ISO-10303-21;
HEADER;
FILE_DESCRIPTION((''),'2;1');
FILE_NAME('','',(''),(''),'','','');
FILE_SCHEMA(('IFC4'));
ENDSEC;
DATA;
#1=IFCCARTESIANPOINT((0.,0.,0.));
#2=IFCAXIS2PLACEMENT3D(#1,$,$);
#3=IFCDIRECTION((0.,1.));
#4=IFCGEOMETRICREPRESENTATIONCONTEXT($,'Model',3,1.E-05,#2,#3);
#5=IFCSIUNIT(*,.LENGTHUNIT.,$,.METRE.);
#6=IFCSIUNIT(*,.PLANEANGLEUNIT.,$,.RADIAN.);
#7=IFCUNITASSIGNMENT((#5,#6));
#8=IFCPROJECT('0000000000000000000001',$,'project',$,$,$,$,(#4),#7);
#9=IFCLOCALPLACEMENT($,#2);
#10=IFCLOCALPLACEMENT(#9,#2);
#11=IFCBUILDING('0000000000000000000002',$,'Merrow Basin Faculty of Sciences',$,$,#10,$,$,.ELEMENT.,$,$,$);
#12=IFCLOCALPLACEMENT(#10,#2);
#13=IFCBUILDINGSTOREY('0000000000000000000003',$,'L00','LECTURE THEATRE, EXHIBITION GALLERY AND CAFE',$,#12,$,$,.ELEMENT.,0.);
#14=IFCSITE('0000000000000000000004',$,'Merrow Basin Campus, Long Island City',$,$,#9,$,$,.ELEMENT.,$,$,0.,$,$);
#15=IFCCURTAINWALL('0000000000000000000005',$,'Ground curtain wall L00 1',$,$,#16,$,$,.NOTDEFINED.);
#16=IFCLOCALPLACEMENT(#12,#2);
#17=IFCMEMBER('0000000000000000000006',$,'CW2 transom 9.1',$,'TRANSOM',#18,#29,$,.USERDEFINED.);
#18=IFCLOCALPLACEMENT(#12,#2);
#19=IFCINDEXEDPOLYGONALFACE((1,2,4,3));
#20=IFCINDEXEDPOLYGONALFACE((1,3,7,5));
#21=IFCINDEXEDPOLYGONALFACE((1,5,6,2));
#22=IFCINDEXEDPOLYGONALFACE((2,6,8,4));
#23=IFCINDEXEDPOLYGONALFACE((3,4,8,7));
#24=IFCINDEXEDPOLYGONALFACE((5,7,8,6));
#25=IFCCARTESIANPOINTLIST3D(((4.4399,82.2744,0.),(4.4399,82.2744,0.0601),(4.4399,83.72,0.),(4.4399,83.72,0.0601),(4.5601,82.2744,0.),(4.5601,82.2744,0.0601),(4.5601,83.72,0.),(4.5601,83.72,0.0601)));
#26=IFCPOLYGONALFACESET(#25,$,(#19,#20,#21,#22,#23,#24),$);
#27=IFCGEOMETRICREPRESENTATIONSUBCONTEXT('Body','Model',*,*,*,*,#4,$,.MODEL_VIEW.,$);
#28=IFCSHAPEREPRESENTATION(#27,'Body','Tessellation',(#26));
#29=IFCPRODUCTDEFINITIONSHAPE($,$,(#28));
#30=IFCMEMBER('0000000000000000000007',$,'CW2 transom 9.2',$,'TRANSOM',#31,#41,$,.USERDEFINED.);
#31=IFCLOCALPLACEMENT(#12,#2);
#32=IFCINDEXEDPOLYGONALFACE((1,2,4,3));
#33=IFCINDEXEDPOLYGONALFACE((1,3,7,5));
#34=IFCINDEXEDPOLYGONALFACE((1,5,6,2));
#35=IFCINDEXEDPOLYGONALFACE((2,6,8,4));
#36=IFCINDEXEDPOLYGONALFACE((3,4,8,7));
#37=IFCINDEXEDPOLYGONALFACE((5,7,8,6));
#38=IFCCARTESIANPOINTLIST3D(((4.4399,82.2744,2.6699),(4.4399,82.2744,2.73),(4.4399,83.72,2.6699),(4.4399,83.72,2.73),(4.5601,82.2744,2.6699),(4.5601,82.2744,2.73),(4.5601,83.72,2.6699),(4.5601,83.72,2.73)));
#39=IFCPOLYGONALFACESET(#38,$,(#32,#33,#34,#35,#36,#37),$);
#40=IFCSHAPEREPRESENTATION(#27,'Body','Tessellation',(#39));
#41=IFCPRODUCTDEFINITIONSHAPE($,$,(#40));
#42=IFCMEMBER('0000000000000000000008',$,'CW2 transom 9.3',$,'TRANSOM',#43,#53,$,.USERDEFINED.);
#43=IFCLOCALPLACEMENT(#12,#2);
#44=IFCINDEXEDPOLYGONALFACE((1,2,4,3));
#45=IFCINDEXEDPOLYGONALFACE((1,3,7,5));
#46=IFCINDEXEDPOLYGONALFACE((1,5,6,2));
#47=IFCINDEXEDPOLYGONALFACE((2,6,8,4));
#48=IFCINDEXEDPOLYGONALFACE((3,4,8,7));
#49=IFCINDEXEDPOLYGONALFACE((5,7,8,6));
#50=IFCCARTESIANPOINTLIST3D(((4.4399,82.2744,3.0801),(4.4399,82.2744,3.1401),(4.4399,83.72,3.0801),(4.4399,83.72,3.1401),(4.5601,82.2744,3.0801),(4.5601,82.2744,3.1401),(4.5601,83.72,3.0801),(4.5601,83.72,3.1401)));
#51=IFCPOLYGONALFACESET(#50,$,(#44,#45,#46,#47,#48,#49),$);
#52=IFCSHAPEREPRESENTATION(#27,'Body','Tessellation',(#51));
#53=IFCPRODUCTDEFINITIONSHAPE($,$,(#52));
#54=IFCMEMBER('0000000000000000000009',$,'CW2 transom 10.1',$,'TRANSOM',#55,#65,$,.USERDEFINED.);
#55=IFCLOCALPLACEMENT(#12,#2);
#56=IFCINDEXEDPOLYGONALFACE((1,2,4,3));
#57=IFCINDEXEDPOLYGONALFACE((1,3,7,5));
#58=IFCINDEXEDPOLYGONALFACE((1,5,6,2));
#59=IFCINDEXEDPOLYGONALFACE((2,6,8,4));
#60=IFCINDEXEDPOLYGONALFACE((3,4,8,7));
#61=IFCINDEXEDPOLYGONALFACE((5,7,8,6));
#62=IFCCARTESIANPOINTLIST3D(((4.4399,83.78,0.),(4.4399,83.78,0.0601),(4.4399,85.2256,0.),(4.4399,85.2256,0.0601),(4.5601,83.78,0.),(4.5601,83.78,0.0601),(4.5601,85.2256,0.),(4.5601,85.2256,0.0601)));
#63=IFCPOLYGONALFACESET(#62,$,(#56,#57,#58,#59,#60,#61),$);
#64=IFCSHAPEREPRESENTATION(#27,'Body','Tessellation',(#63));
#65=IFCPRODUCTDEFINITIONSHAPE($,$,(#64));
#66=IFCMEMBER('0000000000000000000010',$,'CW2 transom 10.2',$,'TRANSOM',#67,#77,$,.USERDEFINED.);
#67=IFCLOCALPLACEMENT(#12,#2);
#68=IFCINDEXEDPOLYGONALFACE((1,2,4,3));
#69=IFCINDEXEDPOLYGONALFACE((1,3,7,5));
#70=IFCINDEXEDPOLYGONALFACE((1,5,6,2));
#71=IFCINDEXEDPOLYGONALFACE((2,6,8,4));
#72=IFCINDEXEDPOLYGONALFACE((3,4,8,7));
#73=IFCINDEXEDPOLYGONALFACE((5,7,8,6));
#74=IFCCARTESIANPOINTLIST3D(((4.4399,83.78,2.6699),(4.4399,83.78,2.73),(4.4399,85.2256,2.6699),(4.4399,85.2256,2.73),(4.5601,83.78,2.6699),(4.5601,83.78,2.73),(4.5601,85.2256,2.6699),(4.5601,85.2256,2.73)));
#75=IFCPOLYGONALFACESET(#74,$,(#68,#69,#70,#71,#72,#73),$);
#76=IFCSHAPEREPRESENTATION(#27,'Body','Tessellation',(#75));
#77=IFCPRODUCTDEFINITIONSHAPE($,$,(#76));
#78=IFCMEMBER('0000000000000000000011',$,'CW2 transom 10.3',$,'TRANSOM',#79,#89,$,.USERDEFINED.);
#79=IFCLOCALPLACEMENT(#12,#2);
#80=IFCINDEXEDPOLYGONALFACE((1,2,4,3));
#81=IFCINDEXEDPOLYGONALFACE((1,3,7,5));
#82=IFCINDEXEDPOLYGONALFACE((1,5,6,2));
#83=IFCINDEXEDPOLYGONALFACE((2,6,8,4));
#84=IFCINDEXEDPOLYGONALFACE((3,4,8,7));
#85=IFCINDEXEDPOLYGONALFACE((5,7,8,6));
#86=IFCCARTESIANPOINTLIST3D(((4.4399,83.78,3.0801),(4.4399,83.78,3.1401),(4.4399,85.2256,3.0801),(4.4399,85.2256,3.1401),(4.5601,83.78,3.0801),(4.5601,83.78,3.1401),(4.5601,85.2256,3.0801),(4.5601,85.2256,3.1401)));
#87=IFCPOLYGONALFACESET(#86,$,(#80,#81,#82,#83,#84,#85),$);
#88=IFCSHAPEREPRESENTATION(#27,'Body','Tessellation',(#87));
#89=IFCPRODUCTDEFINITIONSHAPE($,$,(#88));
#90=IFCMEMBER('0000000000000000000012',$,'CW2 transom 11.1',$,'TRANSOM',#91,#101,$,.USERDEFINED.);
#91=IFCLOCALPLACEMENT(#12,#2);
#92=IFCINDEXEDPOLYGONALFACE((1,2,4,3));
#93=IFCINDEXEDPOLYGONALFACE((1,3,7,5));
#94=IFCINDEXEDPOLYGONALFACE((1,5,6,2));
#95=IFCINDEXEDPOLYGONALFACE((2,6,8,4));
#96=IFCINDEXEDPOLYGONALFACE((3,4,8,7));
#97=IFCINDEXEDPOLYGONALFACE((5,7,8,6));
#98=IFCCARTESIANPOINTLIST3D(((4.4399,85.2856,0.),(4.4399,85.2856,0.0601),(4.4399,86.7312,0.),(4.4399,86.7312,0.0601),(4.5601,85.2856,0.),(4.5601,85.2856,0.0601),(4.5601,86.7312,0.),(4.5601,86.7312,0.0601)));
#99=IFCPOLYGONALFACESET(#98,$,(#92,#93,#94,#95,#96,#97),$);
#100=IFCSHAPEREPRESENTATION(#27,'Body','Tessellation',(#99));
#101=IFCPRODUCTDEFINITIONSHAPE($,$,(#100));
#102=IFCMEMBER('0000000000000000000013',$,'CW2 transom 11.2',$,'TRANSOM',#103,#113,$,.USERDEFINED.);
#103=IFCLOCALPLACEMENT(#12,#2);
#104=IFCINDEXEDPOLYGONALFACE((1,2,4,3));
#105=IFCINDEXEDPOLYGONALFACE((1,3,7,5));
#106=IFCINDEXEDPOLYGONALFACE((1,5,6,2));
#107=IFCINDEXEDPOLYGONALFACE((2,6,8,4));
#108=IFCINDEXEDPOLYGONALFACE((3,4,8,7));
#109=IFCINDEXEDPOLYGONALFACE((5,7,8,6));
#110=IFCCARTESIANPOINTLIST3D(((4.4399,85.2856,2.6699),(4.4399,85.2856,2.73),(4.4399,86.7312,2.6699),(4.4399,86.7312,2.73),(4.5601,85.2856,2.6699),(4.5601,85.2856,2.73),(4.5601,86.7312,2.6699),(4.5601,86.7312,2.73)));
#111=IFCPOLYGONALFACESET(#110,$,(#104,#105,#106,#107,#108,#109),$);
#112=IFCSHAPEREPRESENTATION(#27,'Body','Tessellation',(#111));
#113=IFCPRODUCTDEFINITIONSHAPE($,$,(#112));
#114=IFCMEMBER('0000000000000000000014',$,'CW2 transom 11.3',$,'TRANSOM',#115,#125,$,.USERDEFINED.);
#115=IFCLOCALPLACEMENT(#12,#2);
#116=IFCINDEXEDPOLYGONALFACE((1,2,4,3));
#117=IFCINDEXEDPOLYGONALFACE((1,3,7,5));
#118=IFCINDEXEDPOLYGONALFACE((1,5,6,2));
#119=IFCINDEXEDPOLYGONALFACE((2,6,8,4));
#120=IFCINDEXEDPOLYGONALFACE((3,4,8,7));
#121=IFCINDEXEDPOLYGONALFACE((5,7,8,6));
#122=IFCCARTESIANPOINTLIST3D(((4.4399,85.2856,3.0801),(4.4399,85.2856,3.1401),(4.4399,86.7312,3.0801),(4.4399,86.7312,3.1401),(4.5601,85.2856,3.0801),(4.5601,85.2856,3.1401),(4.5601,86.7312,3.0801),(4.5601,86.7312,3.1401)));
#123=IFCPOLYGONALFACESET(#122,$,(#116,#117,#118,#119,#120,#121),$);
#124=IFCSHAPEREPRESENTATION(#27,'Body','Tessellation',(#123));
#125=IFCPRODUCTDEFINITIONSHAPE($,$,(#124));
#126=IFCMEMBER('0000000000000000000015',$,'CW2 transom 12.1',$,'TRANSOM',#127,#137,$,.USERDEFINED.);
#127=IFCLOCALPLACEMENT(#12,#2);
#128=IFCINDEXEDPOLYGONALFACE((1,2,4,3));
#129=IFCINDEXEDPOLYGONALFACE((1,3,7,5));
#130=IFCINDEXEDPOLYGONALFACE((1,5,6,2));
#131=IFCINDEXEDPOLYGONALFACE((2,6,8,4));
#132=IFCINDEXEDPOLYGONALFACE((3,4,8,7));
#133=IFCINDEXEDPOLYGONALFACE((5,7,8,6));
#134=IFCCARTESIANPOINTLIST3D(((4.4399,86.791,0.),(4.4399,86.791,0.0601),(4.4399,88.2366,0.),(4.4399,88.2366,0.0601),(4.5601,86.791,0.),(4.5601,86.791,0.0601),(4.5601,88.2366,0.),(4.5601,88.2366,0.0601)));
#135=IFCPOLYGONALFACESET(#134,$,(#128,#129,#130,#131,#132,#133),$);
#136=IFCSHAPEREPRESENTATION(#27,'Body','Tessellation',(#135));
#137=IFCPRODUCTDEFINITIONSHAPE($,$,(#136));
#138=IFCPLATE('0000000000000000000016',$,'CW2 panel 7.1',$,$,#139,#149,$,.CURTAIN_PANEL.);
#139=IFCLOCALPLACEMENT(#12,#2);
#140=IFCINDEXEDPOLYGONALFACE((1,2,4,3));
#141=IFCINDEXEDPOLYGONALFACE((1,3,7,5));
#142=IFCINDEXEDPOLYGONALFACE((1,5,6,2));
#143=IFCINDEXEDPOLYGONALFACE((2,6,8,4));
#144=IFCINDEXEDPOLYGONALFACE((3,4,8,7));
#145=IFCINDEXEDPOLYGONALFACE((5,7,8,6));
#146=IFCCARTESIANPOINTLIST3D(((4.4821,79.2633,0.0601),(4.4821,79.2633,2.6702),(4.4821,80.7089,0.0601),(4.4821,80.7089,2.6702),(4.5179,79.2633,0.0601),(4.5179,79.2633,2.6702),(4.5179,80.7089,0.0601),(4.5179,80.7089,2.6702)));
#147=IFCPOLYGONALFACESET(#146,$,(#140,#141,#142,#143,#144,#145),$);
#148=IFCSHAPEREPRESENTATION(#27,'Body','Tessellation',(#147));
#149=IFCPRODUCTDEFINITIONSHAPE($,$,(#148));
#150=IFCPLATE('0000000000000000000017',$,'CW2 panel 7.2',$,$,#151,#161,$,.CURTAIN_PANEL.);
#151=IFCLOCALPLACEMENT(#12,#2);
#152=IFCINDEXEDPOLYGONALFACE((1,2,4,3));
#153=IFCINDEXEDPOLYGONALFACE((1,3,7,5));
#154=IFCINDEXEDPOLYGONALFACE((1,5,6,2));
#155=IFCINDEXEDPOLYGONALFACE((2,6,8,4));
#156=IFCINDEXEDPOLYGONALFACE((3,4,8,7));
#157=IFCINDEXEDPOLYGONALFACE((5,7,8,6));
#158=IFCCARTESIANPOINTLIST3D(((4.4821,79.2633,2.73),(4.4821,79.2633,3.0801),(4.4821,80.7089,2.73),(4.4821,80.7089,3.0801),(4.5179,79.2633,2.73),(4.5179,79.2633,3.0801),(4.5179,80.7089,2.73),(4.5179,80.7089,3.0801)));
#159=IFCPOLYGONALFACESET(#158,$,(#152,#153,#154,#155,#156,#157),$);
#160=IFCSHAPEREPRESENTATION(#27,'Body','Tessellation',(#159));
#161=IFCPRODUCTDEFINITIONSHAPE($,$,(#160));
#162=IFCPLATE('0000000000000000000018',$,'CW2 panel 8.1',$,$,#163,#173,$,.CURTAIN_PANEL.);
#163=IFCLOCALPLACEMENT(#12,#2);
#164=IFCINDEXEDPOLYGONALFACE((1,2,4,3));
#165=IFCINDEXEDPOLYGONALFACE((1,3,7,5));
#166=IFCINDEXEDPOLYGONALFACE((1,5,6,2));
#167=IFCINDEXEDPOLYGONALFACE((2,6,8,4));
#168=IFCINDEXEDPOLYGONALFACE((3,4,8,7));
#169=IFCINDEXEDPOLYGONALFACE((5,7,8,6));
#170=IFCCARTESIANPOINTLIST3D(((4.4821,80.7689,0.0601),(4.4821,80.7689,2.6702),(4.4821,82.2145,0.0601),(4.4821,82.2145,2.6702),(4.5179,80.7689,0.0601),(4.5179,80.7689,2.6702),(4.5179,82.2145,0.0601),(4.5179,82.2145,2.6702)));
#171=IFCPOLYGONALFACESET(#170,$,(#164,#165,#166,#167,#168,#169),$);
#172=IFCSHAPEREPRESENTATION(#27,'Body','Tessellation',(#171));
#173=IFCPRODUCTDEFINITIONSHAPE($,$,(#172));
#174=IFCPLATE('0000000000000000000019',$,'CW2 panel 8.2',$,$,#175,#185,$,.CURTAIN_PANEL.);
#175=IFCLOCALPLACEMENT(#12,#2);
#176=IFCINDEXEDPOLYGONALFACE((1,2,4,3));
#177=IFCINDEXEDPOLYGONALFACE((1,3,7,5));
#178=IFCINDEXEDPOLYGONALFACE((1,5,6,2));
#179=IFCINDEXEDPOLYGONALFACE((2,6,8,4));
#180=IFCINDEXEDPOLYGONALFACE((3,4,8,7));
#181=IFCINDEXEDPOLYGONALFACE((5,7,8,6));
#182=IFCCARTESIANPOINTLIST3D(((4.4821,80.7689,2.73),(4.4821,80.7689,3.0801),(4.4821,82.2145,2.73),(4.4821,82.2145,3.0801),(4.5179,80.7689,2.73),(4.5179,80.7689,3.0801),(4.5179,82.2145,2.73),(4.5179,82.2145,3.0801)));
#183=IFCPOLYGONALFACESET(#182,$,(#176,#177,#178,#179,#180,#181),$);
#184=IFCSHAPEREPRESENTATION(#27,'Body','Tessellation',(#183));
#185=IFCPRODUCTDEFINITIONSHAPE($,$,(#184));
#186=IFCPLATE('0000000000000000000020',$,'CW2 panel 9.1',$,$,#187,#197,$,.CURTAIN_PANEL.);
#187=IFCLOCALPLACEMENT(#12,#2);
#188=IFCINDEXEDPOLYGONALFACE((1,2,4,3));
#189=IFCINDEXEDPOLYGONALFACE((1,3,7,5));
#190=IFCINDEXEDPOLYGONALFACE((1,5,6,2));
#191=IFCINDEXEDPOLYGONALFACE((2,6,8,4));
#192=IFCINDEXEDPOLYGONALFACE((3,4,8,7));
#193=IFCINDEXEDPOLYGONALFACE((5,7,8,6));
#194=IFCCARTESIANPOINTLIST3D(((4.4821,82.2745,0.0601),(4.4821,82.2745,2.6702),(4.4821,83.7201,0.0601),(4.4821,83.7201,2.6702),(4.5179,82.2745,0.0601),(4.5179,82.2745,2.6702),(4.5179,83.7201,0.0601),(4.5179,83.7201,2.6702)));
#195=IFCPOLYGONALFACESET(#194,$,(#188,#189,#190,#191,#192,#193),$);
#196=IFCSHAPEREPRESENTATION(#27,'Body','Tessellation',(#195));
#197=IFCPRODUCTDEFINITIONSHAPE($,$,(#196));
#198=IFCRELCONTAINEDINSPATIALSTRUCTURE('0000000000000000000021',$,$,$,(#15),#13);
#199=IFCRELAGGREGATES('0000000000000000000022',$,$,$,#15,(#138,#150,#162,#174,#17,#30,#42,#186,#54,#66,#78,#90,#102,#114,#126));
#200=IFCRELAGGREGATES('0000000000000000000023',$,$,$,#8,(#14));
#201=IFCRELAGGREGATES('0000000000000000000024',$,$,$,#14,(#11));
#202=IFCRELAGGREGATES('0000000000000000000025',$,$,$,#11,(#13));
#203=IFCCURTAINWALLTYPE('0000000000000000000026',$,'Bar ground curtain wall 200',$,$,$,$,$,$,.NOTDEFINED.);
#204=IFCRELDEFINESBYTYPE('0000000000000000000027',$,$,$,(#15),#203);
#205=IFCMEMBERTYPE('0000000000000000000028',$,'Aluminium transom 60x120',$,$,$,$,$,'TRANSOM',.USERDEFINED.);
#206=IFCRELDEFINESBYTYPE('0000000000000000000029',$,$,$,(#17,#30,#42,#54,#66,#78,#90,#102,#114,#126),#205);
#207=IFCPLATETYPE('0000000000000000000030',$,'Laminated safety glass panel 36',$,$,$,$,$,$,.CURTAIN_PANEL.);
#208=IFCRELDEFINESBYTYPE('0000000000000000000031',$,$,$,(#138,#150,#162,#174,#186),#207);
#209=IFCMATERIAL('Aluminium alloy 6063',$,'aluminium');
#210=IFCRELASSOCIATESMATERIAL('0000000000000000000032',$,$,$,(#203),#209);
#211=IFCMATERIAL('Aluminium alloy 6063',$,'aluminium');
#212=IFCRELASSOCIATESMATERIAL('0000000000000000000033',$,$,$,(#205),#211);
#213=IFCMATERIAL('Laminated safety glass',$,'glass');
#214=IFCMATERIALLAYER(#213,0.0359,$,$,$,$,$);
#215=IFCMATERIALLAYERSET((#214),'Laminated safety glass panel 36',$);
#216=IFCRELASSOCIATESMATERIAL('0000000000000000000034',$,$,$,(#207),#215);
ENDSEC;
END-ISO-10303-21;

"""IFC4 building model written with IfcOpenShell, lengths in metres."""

from ifc_helpers import new_model, si_unit, direction, frame, origin, origin_2d, place, context, subcontext, project, spatial, rectangle, extrude, material, layer, layer_set, material_profile, profile_set, type_object, element, aggregate, save


model = new_model("IFC4")

# Units and contexts
model_context = context("Model", 3, precision=1e-05, world=origin(), true_north=direction((0.0, 1.0)))
body_context = subcontext(model_context, "Body", "Model", "MODEL_VIEW")
ifc_project = project(units=[si_unit("LENGTHUNIT", "METRE"), si_unit("PLANEANGLEUNIT", "RADIAN")], contexts=[model_context])

# Site, building, storey
site_placement = place(None, origin())
site = spatial("IfcSite", under=ifc_project, at=site_placement, Name="Merrow Basin Campus, Long Island City", CompositionType="ELEMENT", RefElevation=0.0)
building_placement = place(site_placement, origin())
building = spatial("IfcBuilding", under=site, at=building_placement, Name="Merrow Basin Faculty of Sciences", CompositionType="ELEMENT")
storey_placement = place(building_placement, origin())
storey = spatial("IfcBuildingStorey", under=building, at=storey_placement, Name="L00", Description="LECTURE THEATRE, EXHIBITION GALLERY AND CAFE", CompositionType="ELEMENT", Elevation=0.0)

# Curtain wall, members, plates
ifc_material_1 = material(Name="Aluminium alloy 6063", Category="aluminium")
curtain_wall_type = type_object("IfcCurtainWallType", Name="Bar ground curtain wall 200", PredefinedType="NOTDEFINED", material=ifc_material_1)
curtain_wall_placement = place(storey_placement, origin())
curtain_wall = element("IfcCurtainWall", 1, at=curtain_wall_placement, inside=storey, type_object=curtain_wall_type, Name="Ground curtain wall L00 1", PredefinedType="NOTDEFINED")
ifc_material_2 = material(Name="Aluminium alloy 6063", Category="aluminium")
ifc_material_profile_1 = material_profile(ifc_material_2, rectangle(XDim=0.1201, YDim=0.0601, at=origin_2d()))
ifc_profile_set_1 = profile_set([ifc_material_profile_1], Name="Aluminium alloy 6063")
member_type_1 = type_object("IfcMemberType", Name="Aluminium transom 60x120", ElementType="TRANSOM", PredefinedType="USERDEFINED", material=ifc_profile_set_1)
member_1_placement = place(storey_placement, frame((4.5, 82.2744, 0.03), z_axis=(0.0, 1.0, 0.0), x_axis=(-1.0, 0.0, 0.0)))
member_1 = element("IfcMember", 2, at=member_1_placement, type_object=member_type_1, Name="CW2 transom 9.1", ObjectType="TRANSOM", PredefinedType="USERDEFINED", context=body_context, shape_type="SweptSolid", body=[
    extrude(rectangle(XDim=0.1201, YDim=0.0601, at=origin_2d()), origin(), (0.0, 0.0, 1.0), 1.4456),
])
member_2_placement = place(storey_placement, frame((4.5, 82.2744, 2.7), z_axis=(0.0, 1.0, 0.0), x_axis=(-1.0, 0.0, 0.0)))
member_2 = element("IfcMember", 3, at=member_2_placement, type_object=member_type_1, Name="CW2 transom 9.2", ObjectType="TRANSOM", PredefinedType="USERDEFINED", context=body_context, shape_type="SweptSolid", body=[
    extrude(rectangle(XDim=0.1201, YDim=0.0601, at=origin_2d()), origin(), (0.0, 0.0, 1.0), 1.4456),
])
member_3_placement = place(storey_placement, frame((4.5, 82.2744, 3.1101), z_axis=(0.0, 1.0, 0.0), x_axis=(-1.0, 0.0, 0.0)))
member_3 = element("IfcMember", 4, at=member_3_placement, type_object=member_type_1, Name="CW2 transom 9.3", ObjectType="TRANSOM", PredefinedType="USERDEFINED", context=body_context, shape_type="SweptSolid", body=[
    extrude(rectangle(XDim=0.1201, YDim=0.0601, at=origin_2d()), origin(), (0.0, 0.0, 1.0), 1.4456),
])
member_4_placement = place(storey_placement, frame((4.5, 83.78, 0.03), z_axis=(0.0, 1.0, 0.0), x_axis=(-1.0, 0.0, 0.0)))
member_4 = element("IfcMember", 5, at=member_4_placement, type_object=member_type_1, Name="CW2 transom 10.1", ObjectType="TRANSOM", PredefinedType="USERDEFINED", context=body_context, shape_type="SweptSolid", body=[
    extrude(rectangle(XDim=0.1201, YDim=0.0601, at=origin_2d()), origin(), (0.0, 0.0, 1.0), 1.4456),
])
member_5_placement = place(storey_placement, frame((4.5, 83.78, 2.7), z_axis=(0.0, 1.0, 0.0), x_axis=(-1.0, 0.0, 0.0)))
member_5 = element("IfcMember", 6, at=member_5_placement, type_object=member_type_1, Name="CW2 transom 10.2", ObjectType="TRANSOM", PredefinedType="USERDEFINED", context=body_context, shape_type="SweptSolid", body=[
    extrude(rectangle(XDim=0.1201, YDim=0.0601, at=origin_2d()), origin(), (0.0, 0.0, 1.0), 1.4456),
])
member_6_placement = place(storey_placement, frame((4.5, 83.78, 3.1101), z_axis=(0.0, 1.0, 0.0), x_axis=(-1.0, 0.0, 0.0)))
member_6 = element("IfcMember", 7, at=member_6_placement, type_object=member_type_1, Name="CW2 transom 10.3", ObjectType="TRANSOM", PredefinedType="USERDEFINED", context=body_context, shape_type="SweptSolid", body=[
    extrude(rectangle(XDim=0.1201, YDim=0.0601, at=origin_2d()), origin(), (0.0, 0.0, 1.0), 1.4456),
])
member_7_placement = place(storey_placement, frame((4.5, 85.2856, 0.03), z_axis=(0.0, 1.0, 0.0), x_axis=(-1.0, 0.0, 0.0)))
member_7 = element("IfcMember", 8, at=member_7_placement, type_object=member_type_1, Name="CW2 transom 11.1", ObjectType="TRANSOM", PredefinedType="USERDEFINED", context=body_context, shape_type="SweptSolid", body=[
    extrude(rectangle(XDim=0.1201, YDim=0.0601, at=origin_2d()), origin(), (0.0, 0.0, 1.0), 1.4456),
])
member_8_placement = place(storey_placement, frame((4.5, 85.2856, 2.7), z_axis=(0.0, 1.0, 0.0), x_axis=(-1.0, 0.0, 0.0)))
member_8 = element("IfcMember", 9, at=member_8_placement, type_object=member_type_1, Name="CW2 transom 11.2", ObjectType="TRANSOM", PredefinedType="USERDEFINED", context=body_context, shape_type="SweptSolid", body=[
    extrude(rectangle(XDim=0.1201, YDim=0.0601, at=origin_2d()), origin(), (0.0, 0.0, 1.0), 1.4456),
])
member_9_placement = place(storey_placement, frame((4.5, 85.2856, 3.1101), z_axis=(0.0, 1.0, 0.0), x_axis=(-1.0, 0.0, 0.0)))
member_9 = element("IfcMember", 10, at=member_9_placement, type_object=member_type_1, Name="CW2 transom 11.3", ObjectType="TRANSOM", PredefinedType="USERDEFINED", context=body_context, shape_type="SweptSolid", body=[
    extrude(rectangle(XDim=0.1201, YDim=0.0601, at=origin_2d()), origin(), (0.0, 0.0, 1.0), 1.4456),
])
member_10_placement = place(storey_placement, frame((4.5, 86.791, 0.03), z_axis=(0.0, 1.0, 0.0), x_axis=(-1.0, 0.0, 0.0)))
member_10 = element("IfcMember", 11, at=member_10_placement, type_object=member_type_1, Name="CW2 transom 12.1", ObjectType="TRANSOM", PredefinedType="USERDEFINED", context=body_context, shape_type="SweptSolid", body=[
    extrude(rectangle(XDim=0.1201, YDim=0.0601, at=origin_2d()), origin(), (0.0, 0.0, 1.0), 1.4456),
])
ifc_material_3 = material(Name="Laminated safety glass", Category="glass")
ifc_layer = layer(ifc_material_3, 0.0359)
ifc_layer_set = layer_set([ifc_layer], Name="Laminated safety glass panel 36")
plate_type = type_object("IfcPlateType", Name="Laminated safety glass panel 36", PredefinedType="CURTAIN_PANEL", material=ifc_layer_set)
plate_1_placement = place(storey_placement, frame((4.5, 79.9861, 0.0601), z_axis=(0.0, 0.0, 1.0), x_axis=(0.0, 1.0, 0.0)))
plate_1 = element("IfcPlate", 12, at=plate_1_placement, type_object=plate_type, Name="CW2 panel 7.1", PredefinedType="CURTAIN_PANEL", context=body_context, shape_type="SweptSolid", body=[
    extrude(rectangle(XDim=1.4456, YDim=0.0359, at=origin_2d()), origin(), (0.0, 0.0, 1.0), 2.6101),
])
plate_2_placement = place(storey_placement, frame((4.5, 79.9861, 2.73), z_axis=(0.0, 0.0, 1.0), x_axis=(0.0, 1.0, 0.0)))
plate_2 = element("IfcPlate", 13, at=plate_2_placement, type_object=plate_type, Name="CW2 panel 7.2", PredefinedType="CURTAIN_PANEL", context=body_context, shape_type="SweptSolid", body=[
    extrude(rectangle(XDim=1.4456, YDim=0.0359, at=origin_2d()), origin(), (0.0, 0.0, 1.0), 0.3501),
])
plate_3_placement = place(storey_placement, frame((4.5, 81.4917, 0.0601), z_axis=(0.0, 0.0, 1.0), x_axis=(0.0, 1.0, 0.0)))
plate_3 = element("IfcPlate", 14, at=plate_3_placement, type_object=plate_type, Name="CW2 panel 8.1", PredefinedType="CURTAIN_PANEL", context=body_context, shape_type="SweptSolid", body=[
    extrude(rectangle(XDim=1.4456, YDim=0.0359, at=origin_2d()), origin(), (0.0, 0.0, 1.0), 2.6101),
])
plate_4_placement = place(storey_placement, frame((4.5, 81.4917, 2.73), z_axis=(0.0, 0.0, 1.0), x_axis=(0.0, 1.0, 0.0)))
plate_4 = element("IfcPlate", 15, at=plate_4_placement, type_object=plate_type, Name="CW2 panel 8.2", PredefinedType="CURTAIN_PANEL", context=body_context, shape_type="SweptSolid", body=[
    extrude(rectangle(XDim=1.4456, YDim=0.0359, at=origin_2d()), origin(), (0.0, 0.0, 1.0), 0.3501),
])
plate_5_placement = place(storey_placement, frame((4.5, 82.9973, 0.0601), z_axis=(0.0, 0.0, 1.0), x_axis=(0.0, 1.0, 0.0)))
plate_5 = element("IfcPlate", 16, at=plate_5_placement, type_object=plate_type, Name="CW2 panel 9.1", PredefinedType="CURTAIN_PANEL", context=body_context, shape_type="SweptSolid", body=[
    extrude(rectangle(XDim=1.4456, YDim=0.0359, at=origin_2d()), origin(), (0.0, 0.0, 1.0), 2.6101),
])
aggregate(curtain_wall, [plate_1, plate_2, plate_3, plate_4, member_1, member_2, member_3, plate_5, member_4, member_5, member_6, member_7, member_8, member_9, member_10])

save(model, "model.ifc")
